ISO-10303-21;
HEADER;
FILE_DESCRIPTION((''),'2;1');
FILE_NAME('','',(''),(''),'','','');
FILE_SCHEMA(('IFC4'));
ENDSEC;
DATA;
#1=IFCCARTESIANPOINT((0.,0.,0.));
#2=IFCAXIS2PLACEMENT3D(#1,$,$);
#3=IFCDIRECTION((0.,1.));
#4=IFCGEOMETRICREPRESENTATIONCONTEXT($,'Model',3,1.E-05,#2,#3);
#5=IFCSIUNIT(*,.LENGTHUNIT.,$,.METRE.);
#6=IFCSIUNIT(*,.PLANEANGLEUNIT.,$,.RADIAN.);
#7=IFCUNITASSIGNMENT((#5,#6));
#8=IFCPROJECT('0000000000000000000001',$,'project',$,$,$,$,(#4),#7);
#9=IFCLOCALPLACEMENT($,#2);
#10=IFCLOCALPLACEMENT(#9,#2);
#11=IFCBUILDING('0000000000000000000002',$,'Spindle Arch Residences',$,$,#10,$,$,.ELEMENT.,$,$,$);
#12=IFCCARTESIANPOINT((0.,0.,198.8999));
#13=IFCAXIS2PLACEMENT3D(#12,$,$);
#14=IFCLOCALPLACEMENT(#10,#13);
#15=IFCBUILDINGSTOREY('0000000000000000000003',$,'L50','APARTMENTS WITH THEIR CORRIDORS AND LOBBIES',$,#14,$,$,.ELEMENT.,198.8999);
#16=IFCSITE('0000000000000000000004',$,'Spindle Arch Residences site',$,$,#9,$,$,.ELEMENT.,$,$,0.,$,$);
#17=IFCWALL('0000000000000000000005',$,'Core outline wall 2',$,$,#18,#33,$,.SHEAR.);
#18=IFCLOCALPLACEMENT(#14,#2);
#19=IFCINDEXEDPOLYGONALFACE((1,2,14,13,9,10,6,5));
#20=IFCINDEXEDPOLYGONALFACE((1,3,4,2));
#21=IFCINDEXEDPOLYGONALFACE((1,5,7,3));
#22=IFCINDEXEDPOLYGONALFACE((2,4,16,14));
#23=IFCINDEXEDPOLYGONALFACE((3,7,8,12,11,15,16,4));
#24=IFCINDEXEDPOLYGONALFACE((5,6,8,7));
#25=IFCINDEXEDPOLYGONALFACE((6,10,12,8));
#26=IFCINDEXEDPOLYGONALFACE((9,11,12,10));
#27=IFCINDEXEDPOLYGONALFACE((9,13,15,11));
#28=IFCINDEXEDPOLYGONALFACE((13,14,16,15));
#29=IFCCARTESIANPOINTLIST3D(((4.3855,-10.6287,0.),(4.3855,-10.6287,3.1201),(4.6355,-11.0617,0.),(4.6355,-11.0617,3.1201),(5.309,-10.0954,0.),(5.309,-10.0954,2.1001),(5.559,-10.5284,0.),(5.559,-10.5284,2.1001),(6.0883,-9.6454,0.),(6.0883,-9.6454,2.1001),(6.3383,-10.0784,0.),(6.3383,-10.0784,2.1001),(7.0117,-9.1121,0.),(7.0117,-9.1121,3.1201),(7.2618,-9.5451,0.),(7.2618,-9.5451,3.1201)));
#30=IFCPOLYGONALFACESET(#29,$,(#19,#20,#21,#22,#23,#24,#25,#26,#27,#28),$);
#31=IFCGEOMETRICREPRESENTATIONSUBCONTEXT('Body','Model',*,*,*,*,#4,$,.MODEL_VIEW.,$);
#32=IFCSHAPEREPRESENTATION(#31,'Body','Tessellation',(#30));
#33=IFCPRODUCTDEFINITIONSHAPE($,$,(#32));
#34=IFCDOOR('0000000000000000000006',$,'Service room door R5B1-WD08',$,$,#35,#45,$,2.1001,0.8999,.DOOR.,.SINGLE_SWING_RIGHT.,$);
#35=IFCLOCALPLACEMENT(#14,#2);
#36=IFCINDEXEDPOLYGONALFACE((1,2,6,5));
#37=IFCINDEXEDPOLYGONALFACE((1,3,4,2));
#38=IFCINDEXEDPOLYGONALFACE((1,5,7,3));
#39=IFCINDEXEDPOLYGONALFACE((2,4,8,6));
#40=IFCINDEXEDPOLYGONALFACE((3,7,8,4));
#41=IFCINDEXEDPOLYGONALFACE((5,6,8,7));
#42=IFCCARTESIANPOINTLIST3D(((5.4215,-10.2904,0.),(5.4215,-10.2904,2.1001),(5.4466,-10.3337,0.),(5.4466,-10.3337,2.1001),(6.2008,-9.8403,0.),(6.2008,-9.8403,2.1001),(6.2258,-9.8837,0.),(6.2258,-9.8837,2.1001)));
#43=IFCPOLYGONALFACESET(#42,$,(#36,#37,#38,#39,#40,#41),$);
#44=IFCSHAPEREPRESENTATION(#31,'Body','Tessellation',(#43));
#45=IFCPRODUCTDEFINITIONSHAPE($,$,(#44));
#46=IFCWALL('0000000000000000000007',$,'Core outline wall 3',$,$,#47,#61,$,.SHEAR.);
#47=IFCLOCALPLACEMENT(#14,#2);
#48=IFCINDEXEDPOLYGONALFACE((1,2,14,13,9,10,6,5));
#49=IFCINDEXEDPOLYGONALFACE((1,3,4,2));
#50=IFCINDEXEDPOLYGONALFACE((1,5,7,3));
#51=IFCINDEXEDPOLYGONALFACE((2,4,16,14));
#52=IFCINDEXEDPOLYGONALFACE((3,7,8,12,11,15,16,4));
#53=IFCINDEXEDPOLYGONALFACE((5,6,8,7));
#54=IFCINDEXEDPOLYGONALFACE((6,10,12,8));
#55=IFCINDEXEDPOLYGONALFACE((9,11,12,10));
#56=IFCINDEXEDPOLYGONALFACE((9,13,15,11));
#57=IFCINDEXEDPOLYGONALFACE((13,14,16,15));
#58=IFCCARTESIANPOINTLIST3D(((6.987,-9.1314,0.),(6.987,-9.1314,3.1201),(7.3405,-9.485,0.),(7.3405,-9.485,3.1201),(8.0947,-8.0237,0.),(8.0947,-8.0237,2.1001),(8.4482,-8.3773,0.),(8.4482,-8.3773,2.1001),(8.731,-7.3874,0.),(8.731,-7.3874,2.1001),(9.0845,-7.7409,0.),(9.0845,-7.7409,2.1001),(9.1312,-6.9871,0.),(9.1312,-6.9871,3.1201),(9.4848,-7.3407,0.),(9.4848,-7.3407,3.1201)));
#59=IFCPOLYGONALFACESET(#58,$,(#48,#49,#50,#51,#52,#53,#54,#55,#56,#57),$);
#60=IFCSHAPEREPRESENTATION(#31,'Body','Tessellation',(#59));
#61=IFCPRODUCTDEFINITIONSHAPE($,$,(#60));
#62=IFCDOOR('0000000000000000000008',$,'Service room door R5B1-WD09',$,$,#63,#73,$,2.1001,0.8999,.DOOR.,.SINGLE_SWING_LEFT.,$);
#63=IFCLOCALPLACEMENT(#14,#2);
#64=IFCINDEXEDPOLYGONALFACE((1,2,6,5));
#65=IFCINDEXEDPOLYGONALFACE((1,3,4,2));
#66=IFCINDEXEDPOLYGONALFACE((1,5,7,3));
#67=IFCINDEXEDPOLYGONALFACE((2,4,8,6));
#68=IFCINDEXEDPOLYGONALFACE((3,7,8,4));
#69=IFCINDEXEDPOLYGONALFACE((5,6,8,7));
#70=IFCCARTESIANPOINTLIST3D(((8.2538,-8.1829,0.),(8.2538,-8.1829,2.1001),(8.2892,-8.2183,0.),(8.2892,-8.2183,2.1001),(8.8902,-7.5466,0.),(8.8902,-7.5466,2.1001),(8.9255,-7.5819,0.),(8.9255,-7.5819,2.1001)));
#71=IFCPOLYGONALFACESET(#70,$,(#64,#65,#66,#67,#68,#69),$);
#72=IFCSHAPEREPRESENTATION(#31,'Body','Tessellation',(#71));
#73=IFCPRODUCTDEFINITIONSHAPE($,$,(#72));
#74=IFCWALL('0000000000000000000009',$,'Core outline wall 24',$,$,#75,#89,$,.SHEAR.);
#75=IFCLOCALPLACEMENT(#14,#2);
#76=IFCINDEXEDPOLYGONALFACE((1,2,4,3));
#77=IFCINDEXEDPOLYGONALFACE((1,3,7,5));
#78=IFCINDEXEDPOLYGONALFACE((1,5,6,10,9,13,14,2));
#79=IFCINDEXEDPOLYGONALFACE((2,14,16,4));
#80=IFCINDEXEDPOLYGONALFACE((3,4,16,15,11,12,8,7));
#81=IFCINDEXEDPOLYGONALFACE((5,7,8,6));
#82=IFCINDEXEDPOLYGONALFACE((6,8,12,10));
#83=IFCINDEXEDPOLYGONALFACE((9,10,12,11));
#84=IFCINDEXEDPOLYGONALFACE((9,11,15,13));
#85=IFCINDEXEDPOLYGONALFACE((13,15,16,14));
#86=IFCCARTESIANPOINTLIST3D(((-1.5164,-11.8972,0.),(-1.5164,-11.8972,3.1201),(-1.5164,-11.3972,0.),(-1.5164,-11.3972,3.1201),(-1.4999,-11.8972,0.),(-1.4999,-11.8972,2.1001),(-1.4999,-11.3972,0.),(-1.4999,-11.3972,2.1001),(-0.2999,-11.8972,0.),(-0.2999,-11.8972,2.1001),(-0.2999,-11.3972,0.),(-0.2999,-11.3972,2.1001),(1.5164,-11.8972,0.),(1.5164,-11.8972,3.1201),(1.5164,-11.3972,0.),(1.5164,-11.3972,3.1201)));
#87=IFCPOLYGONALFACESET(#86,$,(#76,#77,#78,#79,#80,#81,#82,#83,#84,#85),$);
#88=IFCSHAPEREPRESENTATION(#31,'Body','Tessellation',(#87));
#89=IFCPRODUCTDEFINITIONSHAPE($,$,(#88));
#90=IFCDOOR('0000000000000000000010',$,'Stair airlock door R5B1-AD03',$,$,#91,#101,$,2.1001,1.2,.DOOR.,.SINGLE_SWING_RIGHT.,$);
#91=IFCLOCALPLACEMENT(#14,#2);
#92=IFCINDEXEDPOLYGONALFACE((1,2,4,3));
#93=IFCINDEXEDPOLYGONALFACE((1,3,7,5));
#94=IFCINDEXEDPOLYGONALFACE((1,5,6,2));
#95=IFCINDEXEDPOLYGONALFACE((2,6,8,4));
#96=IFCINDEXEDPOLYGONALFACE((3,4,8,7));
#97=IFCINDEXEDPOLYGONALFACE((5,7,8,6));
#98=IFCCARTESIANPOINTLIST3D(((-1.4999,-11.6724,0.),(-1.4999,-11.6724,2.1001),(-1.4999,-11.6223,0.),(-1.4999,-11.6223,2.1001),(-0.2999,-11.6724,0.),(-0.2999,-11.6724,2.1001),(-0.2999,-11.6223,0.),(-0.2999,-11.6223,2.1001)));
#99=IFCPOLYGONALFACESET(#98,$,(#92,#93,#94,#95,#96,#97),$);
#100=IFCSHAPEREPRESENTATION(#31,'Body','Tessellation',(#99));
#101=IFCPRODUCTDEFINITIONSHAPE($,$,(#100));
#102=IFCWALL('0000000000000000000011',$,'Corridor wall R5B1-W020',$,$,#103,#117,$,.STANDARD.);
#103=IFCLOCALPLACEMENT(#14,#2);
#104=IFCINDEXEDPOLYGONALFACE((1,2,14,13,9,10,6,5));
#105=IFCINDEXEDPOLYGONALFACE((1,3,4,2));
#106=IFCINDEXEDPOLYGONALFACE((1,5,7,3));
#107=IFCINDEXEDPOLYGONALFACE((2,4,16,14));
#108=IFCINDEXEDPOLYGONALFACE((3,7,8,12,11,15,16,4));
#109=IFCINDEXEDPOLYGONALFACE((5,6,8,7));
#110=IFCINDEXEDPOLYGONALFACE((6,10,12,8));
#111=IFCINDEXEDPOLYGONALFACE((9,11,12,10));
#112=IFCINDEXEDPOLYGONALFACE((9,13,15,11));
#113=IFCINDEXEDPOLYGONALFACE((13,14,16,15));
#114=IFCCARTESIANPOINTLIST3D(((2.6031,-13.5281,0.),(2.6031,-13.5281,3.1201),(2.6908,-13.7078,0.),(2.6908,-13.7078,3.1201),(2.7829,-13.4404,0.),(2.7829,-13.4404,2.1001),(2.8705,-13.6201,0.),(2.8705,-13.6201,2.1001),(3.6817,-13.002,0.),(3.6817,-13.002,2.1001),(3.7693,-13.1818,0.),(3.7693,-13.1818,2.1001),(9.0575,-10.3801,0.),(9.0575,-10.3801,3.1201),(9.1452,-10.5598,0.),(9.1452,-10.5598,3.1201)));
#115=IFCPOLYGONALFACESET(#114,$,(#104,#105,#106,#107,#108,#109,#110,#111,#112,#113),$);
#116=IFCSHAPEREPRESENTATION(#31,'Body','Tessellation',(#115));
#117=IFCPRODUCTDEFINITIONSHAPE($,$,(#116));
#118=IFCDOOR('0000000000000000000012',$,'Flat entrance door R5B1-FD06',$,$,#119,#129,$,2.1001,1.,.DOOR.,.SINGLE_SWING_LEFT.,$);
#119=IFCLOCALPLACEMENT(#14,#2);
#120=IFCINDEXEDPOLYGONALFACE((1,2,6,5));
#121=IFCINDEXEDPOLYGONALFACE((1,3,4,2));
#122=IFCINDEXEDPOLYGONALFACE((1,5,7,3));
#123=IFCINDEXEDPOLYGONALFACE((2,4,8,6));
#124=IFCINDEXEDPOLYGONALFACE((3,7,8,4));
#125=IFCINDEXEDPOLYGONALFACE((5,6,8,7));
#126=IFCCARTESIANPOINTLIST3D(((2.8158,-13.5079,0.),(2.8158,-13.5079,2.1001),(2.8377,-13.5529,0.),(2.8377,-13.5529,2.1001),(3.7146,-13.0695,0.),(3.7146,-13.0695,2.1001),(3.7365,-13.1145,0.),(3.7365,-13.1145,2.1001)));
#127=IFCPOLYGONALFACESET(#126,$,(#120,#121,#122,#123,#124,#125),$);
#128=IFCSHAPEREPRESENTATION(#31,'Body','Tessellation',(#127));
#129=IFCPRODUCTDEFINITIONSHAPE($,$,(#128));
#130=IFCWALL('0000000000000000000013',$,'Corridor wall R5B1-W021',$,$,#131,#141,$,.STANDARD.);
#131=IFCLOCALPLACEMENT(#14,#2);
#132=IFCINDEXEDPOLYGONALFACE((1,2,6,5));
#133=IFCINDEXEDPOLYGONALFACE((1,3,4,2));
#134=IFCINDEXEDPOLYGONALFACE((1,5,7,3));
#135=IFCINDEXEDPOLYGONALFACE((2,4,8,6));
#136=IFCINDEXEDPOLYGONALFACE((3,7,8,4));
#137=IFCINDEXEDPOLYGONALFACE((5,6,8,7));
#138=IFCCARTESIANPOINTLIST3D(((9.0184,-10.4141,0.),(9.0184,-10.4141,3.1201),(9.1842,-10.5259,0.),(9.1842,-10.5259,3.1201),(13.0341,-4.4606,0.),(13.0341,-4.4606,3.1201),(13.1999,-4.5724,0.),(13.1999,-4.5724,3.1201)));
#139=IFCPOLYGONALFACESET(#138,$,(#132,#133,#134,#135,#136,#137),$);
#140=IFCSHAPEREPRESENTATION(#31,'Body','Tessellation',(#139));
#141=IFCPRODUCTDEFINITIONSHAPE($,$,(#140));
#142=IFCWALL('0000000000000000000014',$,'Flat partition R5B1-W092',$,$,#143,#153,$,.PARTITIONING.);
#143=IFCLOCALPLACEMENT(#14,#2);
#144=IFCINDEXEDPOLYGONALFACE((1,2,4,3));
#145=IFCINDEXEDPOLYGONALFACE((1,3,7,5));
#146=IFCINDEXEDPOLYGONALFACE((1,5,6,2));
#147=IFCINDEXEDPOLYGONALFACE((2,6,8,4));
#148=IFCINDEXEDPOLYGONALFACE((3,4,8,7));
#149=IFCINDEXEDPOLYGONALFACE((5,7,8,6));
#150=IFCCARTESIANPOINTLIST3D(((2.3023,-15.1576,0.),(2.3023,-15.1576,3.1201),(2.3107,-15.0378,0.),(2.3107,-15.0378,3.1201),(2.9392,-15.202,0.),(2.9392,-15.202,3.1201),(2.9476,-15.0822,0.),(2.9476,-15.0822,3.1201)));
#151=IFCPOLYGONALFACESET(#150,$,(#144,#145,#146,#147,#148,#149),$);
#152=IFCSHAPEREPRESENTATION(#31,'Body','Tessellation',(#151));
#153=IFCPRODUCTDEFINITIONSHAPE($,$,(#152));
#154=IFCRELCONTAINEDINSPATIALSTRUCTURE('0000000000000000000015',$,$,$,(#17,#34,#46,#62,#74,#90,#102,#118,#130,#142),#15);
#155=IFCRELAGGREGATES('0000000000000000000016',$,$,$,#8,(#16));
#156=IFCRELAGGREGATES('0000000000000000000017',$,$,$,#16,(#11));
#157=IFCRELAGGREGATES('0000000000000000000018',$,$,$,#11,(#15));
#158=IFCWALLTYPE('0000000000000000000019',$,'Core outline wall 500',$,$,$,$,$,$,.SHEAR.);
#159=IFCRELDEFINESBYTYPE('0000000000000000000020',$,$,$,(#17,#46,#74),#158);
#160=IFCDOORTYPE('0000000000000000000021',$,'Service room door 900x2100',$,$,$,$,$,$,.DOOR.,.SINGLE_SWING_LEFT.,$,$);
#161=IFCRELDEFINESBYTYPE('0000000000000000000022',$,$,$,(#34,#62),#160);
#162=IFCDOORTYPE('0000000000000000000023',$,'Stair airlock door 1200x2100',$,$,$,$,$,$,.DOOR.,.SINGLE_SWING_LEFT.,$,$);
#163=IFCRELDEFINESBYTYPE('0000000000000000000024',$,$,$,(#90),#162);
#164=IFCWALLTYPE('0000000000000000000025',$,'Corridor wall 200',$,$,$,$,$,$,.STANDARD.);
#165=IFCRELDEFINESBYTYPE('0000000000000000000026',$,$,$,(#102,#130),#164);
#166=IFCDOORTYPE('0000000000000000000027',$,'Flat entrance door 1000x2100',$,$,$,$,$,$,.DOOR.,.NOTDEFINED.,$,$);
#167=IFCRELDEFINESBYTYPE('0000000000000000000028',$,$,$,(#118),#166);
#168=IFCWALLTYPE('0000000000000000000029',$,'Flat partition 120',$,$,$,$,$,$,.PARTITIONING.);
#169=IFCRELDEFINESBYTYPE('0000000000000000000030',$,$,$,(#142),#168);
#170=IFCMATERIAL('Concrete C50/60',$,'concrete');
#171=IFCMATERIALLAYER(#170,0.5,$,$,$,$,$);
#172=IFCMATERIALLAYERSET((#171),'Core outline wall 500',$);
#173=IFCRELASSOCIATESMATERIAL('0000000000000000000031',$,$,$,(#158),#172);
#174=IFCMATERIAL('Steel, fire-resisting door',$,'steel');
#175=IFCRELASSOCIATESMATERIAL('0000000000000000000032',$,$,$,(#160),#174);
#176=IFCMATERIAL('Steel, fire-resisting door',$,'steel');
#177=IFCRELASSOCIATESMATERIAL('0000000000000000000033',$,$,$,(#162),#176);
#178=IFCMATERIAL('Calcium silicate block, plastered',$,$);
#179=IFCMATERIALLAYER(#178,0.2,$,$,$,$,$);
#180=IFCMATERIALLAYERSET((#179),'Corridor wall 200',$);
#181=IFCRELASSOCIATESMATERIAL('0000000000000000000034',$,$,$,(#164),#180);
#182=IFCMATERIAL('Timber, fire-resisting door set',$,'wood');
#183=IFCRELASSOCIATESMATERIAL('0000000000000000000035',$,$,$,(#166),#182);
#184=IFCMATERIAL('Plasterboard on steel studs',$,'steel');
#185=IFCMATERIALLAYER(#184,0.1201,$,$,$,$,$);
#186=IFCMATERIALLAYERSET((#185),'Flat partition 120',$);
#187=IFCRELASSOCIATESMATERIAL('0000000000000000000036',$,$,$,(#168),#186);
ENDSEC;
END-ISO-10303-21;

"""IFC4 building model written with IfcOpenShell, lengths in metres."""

from ifc_helpers import new_model, si_unit, direction, frame, frame_2d, origin, place, context, subcontext, project, spatial, rectangle, extrude, material, layer, layer_set, type_object, element, fill, save


model = new_model("IFC4")

# Units and contexts
model_context = context("Model", 3, precision=1e-05, world=origin(), true_north=direction((0.0, 1.0)))
body_context = subcontext(model_context, "Body", "Model", "MODEL_VIEW")
ifc_project = project(units=[si_unit("LENGTHUNIT", "METRE"), si_unit("PLANEANGLEUNIT", "RADIAN")], contexts=[model_context])

# Site, building, storey
site_placement = place(None, origin())
site = spatial("IfcSite", under=ifc_project, at=site_placement, Name="Spindle Arch Residences site", CompositionType="ELEMENT", RefElevation=0.0)
building_placement = place(site_placement, origin())
building = spatial("IfcBuilding", under=site, at=building_placement, Name="Spindle Arch Residences", CompositionType="ELEMENT")
storey_placement = place(building_placement, frame((0.0, 0.0, 198.8999)))
storey = spatial("IfcBuildingStorey", under=building, at=storey_placement, Name="L50", Description="APARTMENTS WITH THEIR CORRIDORS AND LOBBIES", CompositionType="ELEMENT", Elevation=198.8999)

# Shared definitions
ifc_material_1 = material(Name="Concrete C50/60", Category="concrete")
ifc_layer_1 = layer(ifc_material_1, 0.5)
ifc_layer_set_1 = layer_set([ifc_layer_1], Name="Core outline wall 500")
wall_type_1 = type_object("IfcWallType", Name="Core outline wall 500", PredefinedType="SHEAR", material=ifc_layer_set_1)

# Walls, openings, doors
wall_1_placement = place(storey_placement, frame((4.5105, -10.8452, 0.0), z_axis=(0.0, 0.0, 1.0), x_axis=(0.865975, 0.500087, 0.0)))
wall_1 = element("IfcWall", 1, at=wall_1_placement, inside=storey, type_object=wall_type_1, Name="Core outline wall 2", PredefinedType="SHEAR", context=body_context, shape_type="SweptSolid", body=[
    extrude(rectangle(XDim=3.0327, YDim=0.5, at=frame_2d((1.5164, 0.0))), origin(), (0.0, 0.0, 1.0), 3.1201),
])
opening_1_placement = place(wall_1_placement, frame((1.0664, 0.0, 0.0)))
opening_1 = element("IfcOpeningElement", 2, at=opening_1_placement, cuts=wall_1, PredefinedType="OPENING", context=body_context, shape_type="SweptSolid", body=[
    extrude(rectangle(XDim=0.8999, YDim=2.1001, at=frame_2d((0.45, 1.05))), frame((0.0, 0.26, 0.0), z_axis=(0.0, -1.0, 0.0), x_axis=(1.0, 0.0, 0.0)), (0.0, 0.0, 1.0), 0.52),
])
ifc_material_2 = material(Name="Steel, fire-resisting door", Category="steel")
door_type_1 = type_object("IfcDoorType", Name="Service room door 900x2100", OperationType="SINGLE_SWING_LEFT", PredefinedType="DOOR", material=ifc_material_2)
door_1_placement = place(opening_1_placement, origin())
door_1 = element("IfcDoor", 3, at=door_1_placement, inside=storey, type_object=door_type_1, Name="Service room door R5B1-WD08", OperationType="SINGLE_SWING_RIGHT", OverallHeight=2.1001, OverallWidth=0.8999, PredefinedType="DOOR", context=body_context, shape_type="SweptSolid", body=[
    extrude(rectangle(XDim=0.8999, YDim=2.1001, at=frame_2d((0.45, 1.05))), frame((0.0, 0.0249, 0.0), z_axis=(0.0, -1.0, 0.0), x_axis=(1.0, 0.0, 0.0)), (0.0, 0.0, 1.0), 0.05),
])
fill(opening_1, door_1)
wall_2_placement = place(storey_placement, frame((7.1638, -9.3081, 0.0), z_axis=(0.0, 0.0, 1.0), x_axis=(0.707107, 0.707107, 0.0)))
wall_2 = element("IfcWall", 4, at=wall_2_placement, inside=storey, type_object=wall_type_1, Name="Core outline wall 3", PredefinedType="SHEAR", context=body_context, shape_type="SweptSolid", body=[
    extrude(rectangle(XDim=3.0325, YDim=0.5, at=frame_2d((1.5161, 0.0))), origin(), (0.0, 0.0, 1.0), 3.1201),
])
opening_2_placement = place(wall_2_placement, frame((1.5664, 0.0, 0.0)))
opening_2 = element("IfcOpeningElement", 5, at=opening_2_placement, cuts=wall_2, PredefinedType="OPENING", context=body_context, shape_type="SweptSolid", body=[
    extrude(rectangle(XDim=0.8999, YDim=2.1001, at=frame_2d((0.45, 1.05))), frame((0.0, 0.26, 0.0), z_axis=(0.0, -1.0, 0.0), x_axis=(1.0, 0.0, 0.0)), (0.0, 0.0, 1.0), 0.52),
])
door_2_placement = place(opening_2_placement, origin())
door_2 = element("IfcDoor", 6, at=door_2_placement, inside=storey, type_object=door_type_1, Name="Service room door R5B1-WD09", OperationType="SINGLE_SWING_LEFT", OverallHeight=2.1001, OverallWidth=0.8999, PredefinedType="DOOR", context=body_context, shape_type="SweptSolid", body=[
    extrude(rectangle(XDim=0.8999, YDim=2.1001, at=frame_2d((0.45, 1.05))), frame((0.0, 0.0249, 0.0), z_axis=(0.0, -1.0, 0.0), x_axis=(1.0, 0.0, 0.0)), (0.0, 0.0, 1.0), 0.05),
])
fill(opening_2, door_2)
wall_3_placement = place(storey_placement, frame((-1.5164, -11.6472, 0.0), z_axis=(0.0, 0.0, 1.0), x_axis=(1.0, 0.0, 0.0)))
wall_3 = element("IfcWall", 7, at=wall_3_placement, inside=storey, type_object=wall_type_1, Name="Core outline wall 24", PredefinedType="SHEAR", context=body_context, shape_type="SweptSolid", body=[
    extrude(rectangle(XDim=3.0327, YDim=0.5, at=frame_2d((1.5164, 0.0))), origin(), (0.0, 0.0, 1.0), 3.1201),
])
opening_3_placement = place(wall_3_placement, frame((0.0164, 0.0, 0.0)))
opening_3 = element("IfcOpeningElement", 8, at=opening_3_placement, cuts=wall_3, PredefinedType="OPENING", context=body_context, shape_type="SweptSolid", body=[
    extrude(rectangle(XDim=1.2, YDim=2.1001, at=frame_2d((0.6001, 1.05))), frame((0.0, 0.26, 0.0), z_axis=(0.0, -1.0, 0.0), x_axis=(1.0, 0.0, 0.0)), (0.0, 0.0, 1.0), 0.52),
])
ifc_material_3 = material(Name="Steel, fire-resisting door", Category="steel")
door_type_2 = type_object("IfcDoorType", Name="Stair airlock door 1200x2100", OperationType="SINGLE_SWING_LEFT", PredefinedType="DOOR", material=ifc_material_3)
door_3_placement = place(opening_3_placement, origin())
door_3 = element("IfcDoor", 9, at=door_3_placement, inside=storey, type_object=door_type_2, Name="Stair airlock door R5B1-AD03", OperationType="SINGLE_SWING_RIGHT", OverallHeight=2.1001, OverallWidth=1.2, PredefinedType="DOOR", context=body_context, shape_type="SweptSolid", body=[
    extrude(rectangle(XDim=1.2, YDim=2.1001, at=frame_2d((0.6001, 1.05))), frame((0.0, 0.0249, 0.0), z_axis=(0.0, -1.0, 0.0), x_axis=(1.0, 0.0, 0.0)), (0.0, 0.0, 1.0), 0.05),
])
fill(opening_3, door_3)
ifc_material_4 = material(Name="Calcium silicate block, plastered")
ifc_layer_2 = layer(ifc_material_4, 0.2)
ifc_layer_set_2 = layer_set([ifc_layer_2], Name="Corridor wall 200")
wall_type_2 = type_object("IfcWallType", Name="Corridor wall 200", PredefinedType="STANDARD", material=ifc_layer_set_2)
wall_4_placement = place(storey_placement, frame((2.647, -13.6179, 0.0), z_axis=(0.0, 0.0, 1.0), x_axis=(0.898797, 0.438366, 0.0)))
wall_4 = element("IfcWall", 10, at=wall_4_placement, inside=storey, type_object=wall_type_2, Name="Corridor wall R5B1-W020", PredefinedType="STANDARD", context=body_context, shape_type="SweptSolid", body=[
    extrude(rectangle(XDim=7.1812, YDim=0.2, at=frame_2d((3.5906, 0.0))), origin(), (0.0, 0.0, 1.0), 3.1201),
])
opening_4_placement = place(wall_4_placement, frame((0.2, 0.0, 0.0)))
opening_4 = element("IfcOpeningElement", 11, at=opening_4_placement, cuts=wall_4, PredefinedType="OPENING", context=body_context, shape_type="SweptSolid", body=[
    extrude(rectangle(XDim=1.0, YDim=2.1001, at=frame_2d((0.5, 1.05))), frame((0.0, 0.1099, 0.0), z_axis=(0.0, -1.0, 0.0), x_axis=(1.0, 0.0, 0.0)), (0.0, 0.0, 1.0), 0.22),
])
ifc_material_5 = material(Name="Timber, fire-resisting door set", Category="wood")
door_type_3 = type_object("IfcDoorType", Name="Flat entrance door 1000x2100", OperationType="NOTDEFINED", PredefinedType="DOOR", material=ifc_material_5)
door_4_placement = place(opening_4_placement, origin())
door_4 = element("IfcDoor", 12, at=door_4_placement, inside=storey, type_object=door_type_3, Name="Flat entrance door R5B1-FD06", OperationType="SINGLE_SWING_LEFT", OverallHeight=2.1001, OverallWidth=1.0, PredefinedType="DOOR", context=body_context, shape_type="SweptSolid", body=[
    extrude(rectangle(XDim=1.0, YDim=2.1001, at=frame_2d((0.5, 1.05))), frame((0.0, 0.0249, 0.0), z_axis=(0.0, -1.0, 0.0), x_axis=(1.0, 0.0, 0.0)), (0.0, 0.0, 1.0), 0.05),
])
fill(opening_4, door_4)

# Walls
wall_5_placement = place(storey_placement, frame((9.1013, -10.47, 0.0), z_axis=(0.0, 0.0, 1.0), x_axis=(0.559195, 0.829036, 0.0)))
element("IfcWall", 13, at=wall_5_placement, inside=storey, type_object=wall_type_2, Name="Corridor wall R5B1-W021", PredefinedType="STANDARD", context=body_context, shape_type="SweptSolid", body=[
    extrude(rectangle(XDim=7.1812, YDim=0.2, at=frame_2d((3.5906, 0.0))), origin(), (0.0, 0.0, 1.0), 3.1201),
])
ifc_material_6 = material(Name="Plasterboard on steel studs", Category="steel")
ifc_layer_3 = layer(ifc_material_6, 0.1201)
ifc_layer_set_3 = layer_set([ifc_layer_3], Name="Flat partition 120")
wall_type_3 = type_object("IfcWallType", Name="Flat partition 120", PredefinedType="PARTITIONING", material=ifc_layer_set_3)
wall_6_placement = place(storey_placement, frame((2.3064, -15.0977, 0.0), z_axis=(0.0, 0.0, 1.0), x_axis=(0.997576, -0.069589, 0.0)))
element("IfcWall", 14, at=wall_6_placement, inside=storey, type_object=wall_type_3, Name="Flat partition R5B1-W092", PredefinedType="PARTITIONING", context=body_context, shape_type="SweptSolid", body=[
    extrude(rectangle(XDim=0.6384, YDim=0.1201, at=frame_2d((0.3193, 0.0))), origin(), (0.0, 0.0, 1.0), 3.1201),
])

save(model, "model.ifc")
